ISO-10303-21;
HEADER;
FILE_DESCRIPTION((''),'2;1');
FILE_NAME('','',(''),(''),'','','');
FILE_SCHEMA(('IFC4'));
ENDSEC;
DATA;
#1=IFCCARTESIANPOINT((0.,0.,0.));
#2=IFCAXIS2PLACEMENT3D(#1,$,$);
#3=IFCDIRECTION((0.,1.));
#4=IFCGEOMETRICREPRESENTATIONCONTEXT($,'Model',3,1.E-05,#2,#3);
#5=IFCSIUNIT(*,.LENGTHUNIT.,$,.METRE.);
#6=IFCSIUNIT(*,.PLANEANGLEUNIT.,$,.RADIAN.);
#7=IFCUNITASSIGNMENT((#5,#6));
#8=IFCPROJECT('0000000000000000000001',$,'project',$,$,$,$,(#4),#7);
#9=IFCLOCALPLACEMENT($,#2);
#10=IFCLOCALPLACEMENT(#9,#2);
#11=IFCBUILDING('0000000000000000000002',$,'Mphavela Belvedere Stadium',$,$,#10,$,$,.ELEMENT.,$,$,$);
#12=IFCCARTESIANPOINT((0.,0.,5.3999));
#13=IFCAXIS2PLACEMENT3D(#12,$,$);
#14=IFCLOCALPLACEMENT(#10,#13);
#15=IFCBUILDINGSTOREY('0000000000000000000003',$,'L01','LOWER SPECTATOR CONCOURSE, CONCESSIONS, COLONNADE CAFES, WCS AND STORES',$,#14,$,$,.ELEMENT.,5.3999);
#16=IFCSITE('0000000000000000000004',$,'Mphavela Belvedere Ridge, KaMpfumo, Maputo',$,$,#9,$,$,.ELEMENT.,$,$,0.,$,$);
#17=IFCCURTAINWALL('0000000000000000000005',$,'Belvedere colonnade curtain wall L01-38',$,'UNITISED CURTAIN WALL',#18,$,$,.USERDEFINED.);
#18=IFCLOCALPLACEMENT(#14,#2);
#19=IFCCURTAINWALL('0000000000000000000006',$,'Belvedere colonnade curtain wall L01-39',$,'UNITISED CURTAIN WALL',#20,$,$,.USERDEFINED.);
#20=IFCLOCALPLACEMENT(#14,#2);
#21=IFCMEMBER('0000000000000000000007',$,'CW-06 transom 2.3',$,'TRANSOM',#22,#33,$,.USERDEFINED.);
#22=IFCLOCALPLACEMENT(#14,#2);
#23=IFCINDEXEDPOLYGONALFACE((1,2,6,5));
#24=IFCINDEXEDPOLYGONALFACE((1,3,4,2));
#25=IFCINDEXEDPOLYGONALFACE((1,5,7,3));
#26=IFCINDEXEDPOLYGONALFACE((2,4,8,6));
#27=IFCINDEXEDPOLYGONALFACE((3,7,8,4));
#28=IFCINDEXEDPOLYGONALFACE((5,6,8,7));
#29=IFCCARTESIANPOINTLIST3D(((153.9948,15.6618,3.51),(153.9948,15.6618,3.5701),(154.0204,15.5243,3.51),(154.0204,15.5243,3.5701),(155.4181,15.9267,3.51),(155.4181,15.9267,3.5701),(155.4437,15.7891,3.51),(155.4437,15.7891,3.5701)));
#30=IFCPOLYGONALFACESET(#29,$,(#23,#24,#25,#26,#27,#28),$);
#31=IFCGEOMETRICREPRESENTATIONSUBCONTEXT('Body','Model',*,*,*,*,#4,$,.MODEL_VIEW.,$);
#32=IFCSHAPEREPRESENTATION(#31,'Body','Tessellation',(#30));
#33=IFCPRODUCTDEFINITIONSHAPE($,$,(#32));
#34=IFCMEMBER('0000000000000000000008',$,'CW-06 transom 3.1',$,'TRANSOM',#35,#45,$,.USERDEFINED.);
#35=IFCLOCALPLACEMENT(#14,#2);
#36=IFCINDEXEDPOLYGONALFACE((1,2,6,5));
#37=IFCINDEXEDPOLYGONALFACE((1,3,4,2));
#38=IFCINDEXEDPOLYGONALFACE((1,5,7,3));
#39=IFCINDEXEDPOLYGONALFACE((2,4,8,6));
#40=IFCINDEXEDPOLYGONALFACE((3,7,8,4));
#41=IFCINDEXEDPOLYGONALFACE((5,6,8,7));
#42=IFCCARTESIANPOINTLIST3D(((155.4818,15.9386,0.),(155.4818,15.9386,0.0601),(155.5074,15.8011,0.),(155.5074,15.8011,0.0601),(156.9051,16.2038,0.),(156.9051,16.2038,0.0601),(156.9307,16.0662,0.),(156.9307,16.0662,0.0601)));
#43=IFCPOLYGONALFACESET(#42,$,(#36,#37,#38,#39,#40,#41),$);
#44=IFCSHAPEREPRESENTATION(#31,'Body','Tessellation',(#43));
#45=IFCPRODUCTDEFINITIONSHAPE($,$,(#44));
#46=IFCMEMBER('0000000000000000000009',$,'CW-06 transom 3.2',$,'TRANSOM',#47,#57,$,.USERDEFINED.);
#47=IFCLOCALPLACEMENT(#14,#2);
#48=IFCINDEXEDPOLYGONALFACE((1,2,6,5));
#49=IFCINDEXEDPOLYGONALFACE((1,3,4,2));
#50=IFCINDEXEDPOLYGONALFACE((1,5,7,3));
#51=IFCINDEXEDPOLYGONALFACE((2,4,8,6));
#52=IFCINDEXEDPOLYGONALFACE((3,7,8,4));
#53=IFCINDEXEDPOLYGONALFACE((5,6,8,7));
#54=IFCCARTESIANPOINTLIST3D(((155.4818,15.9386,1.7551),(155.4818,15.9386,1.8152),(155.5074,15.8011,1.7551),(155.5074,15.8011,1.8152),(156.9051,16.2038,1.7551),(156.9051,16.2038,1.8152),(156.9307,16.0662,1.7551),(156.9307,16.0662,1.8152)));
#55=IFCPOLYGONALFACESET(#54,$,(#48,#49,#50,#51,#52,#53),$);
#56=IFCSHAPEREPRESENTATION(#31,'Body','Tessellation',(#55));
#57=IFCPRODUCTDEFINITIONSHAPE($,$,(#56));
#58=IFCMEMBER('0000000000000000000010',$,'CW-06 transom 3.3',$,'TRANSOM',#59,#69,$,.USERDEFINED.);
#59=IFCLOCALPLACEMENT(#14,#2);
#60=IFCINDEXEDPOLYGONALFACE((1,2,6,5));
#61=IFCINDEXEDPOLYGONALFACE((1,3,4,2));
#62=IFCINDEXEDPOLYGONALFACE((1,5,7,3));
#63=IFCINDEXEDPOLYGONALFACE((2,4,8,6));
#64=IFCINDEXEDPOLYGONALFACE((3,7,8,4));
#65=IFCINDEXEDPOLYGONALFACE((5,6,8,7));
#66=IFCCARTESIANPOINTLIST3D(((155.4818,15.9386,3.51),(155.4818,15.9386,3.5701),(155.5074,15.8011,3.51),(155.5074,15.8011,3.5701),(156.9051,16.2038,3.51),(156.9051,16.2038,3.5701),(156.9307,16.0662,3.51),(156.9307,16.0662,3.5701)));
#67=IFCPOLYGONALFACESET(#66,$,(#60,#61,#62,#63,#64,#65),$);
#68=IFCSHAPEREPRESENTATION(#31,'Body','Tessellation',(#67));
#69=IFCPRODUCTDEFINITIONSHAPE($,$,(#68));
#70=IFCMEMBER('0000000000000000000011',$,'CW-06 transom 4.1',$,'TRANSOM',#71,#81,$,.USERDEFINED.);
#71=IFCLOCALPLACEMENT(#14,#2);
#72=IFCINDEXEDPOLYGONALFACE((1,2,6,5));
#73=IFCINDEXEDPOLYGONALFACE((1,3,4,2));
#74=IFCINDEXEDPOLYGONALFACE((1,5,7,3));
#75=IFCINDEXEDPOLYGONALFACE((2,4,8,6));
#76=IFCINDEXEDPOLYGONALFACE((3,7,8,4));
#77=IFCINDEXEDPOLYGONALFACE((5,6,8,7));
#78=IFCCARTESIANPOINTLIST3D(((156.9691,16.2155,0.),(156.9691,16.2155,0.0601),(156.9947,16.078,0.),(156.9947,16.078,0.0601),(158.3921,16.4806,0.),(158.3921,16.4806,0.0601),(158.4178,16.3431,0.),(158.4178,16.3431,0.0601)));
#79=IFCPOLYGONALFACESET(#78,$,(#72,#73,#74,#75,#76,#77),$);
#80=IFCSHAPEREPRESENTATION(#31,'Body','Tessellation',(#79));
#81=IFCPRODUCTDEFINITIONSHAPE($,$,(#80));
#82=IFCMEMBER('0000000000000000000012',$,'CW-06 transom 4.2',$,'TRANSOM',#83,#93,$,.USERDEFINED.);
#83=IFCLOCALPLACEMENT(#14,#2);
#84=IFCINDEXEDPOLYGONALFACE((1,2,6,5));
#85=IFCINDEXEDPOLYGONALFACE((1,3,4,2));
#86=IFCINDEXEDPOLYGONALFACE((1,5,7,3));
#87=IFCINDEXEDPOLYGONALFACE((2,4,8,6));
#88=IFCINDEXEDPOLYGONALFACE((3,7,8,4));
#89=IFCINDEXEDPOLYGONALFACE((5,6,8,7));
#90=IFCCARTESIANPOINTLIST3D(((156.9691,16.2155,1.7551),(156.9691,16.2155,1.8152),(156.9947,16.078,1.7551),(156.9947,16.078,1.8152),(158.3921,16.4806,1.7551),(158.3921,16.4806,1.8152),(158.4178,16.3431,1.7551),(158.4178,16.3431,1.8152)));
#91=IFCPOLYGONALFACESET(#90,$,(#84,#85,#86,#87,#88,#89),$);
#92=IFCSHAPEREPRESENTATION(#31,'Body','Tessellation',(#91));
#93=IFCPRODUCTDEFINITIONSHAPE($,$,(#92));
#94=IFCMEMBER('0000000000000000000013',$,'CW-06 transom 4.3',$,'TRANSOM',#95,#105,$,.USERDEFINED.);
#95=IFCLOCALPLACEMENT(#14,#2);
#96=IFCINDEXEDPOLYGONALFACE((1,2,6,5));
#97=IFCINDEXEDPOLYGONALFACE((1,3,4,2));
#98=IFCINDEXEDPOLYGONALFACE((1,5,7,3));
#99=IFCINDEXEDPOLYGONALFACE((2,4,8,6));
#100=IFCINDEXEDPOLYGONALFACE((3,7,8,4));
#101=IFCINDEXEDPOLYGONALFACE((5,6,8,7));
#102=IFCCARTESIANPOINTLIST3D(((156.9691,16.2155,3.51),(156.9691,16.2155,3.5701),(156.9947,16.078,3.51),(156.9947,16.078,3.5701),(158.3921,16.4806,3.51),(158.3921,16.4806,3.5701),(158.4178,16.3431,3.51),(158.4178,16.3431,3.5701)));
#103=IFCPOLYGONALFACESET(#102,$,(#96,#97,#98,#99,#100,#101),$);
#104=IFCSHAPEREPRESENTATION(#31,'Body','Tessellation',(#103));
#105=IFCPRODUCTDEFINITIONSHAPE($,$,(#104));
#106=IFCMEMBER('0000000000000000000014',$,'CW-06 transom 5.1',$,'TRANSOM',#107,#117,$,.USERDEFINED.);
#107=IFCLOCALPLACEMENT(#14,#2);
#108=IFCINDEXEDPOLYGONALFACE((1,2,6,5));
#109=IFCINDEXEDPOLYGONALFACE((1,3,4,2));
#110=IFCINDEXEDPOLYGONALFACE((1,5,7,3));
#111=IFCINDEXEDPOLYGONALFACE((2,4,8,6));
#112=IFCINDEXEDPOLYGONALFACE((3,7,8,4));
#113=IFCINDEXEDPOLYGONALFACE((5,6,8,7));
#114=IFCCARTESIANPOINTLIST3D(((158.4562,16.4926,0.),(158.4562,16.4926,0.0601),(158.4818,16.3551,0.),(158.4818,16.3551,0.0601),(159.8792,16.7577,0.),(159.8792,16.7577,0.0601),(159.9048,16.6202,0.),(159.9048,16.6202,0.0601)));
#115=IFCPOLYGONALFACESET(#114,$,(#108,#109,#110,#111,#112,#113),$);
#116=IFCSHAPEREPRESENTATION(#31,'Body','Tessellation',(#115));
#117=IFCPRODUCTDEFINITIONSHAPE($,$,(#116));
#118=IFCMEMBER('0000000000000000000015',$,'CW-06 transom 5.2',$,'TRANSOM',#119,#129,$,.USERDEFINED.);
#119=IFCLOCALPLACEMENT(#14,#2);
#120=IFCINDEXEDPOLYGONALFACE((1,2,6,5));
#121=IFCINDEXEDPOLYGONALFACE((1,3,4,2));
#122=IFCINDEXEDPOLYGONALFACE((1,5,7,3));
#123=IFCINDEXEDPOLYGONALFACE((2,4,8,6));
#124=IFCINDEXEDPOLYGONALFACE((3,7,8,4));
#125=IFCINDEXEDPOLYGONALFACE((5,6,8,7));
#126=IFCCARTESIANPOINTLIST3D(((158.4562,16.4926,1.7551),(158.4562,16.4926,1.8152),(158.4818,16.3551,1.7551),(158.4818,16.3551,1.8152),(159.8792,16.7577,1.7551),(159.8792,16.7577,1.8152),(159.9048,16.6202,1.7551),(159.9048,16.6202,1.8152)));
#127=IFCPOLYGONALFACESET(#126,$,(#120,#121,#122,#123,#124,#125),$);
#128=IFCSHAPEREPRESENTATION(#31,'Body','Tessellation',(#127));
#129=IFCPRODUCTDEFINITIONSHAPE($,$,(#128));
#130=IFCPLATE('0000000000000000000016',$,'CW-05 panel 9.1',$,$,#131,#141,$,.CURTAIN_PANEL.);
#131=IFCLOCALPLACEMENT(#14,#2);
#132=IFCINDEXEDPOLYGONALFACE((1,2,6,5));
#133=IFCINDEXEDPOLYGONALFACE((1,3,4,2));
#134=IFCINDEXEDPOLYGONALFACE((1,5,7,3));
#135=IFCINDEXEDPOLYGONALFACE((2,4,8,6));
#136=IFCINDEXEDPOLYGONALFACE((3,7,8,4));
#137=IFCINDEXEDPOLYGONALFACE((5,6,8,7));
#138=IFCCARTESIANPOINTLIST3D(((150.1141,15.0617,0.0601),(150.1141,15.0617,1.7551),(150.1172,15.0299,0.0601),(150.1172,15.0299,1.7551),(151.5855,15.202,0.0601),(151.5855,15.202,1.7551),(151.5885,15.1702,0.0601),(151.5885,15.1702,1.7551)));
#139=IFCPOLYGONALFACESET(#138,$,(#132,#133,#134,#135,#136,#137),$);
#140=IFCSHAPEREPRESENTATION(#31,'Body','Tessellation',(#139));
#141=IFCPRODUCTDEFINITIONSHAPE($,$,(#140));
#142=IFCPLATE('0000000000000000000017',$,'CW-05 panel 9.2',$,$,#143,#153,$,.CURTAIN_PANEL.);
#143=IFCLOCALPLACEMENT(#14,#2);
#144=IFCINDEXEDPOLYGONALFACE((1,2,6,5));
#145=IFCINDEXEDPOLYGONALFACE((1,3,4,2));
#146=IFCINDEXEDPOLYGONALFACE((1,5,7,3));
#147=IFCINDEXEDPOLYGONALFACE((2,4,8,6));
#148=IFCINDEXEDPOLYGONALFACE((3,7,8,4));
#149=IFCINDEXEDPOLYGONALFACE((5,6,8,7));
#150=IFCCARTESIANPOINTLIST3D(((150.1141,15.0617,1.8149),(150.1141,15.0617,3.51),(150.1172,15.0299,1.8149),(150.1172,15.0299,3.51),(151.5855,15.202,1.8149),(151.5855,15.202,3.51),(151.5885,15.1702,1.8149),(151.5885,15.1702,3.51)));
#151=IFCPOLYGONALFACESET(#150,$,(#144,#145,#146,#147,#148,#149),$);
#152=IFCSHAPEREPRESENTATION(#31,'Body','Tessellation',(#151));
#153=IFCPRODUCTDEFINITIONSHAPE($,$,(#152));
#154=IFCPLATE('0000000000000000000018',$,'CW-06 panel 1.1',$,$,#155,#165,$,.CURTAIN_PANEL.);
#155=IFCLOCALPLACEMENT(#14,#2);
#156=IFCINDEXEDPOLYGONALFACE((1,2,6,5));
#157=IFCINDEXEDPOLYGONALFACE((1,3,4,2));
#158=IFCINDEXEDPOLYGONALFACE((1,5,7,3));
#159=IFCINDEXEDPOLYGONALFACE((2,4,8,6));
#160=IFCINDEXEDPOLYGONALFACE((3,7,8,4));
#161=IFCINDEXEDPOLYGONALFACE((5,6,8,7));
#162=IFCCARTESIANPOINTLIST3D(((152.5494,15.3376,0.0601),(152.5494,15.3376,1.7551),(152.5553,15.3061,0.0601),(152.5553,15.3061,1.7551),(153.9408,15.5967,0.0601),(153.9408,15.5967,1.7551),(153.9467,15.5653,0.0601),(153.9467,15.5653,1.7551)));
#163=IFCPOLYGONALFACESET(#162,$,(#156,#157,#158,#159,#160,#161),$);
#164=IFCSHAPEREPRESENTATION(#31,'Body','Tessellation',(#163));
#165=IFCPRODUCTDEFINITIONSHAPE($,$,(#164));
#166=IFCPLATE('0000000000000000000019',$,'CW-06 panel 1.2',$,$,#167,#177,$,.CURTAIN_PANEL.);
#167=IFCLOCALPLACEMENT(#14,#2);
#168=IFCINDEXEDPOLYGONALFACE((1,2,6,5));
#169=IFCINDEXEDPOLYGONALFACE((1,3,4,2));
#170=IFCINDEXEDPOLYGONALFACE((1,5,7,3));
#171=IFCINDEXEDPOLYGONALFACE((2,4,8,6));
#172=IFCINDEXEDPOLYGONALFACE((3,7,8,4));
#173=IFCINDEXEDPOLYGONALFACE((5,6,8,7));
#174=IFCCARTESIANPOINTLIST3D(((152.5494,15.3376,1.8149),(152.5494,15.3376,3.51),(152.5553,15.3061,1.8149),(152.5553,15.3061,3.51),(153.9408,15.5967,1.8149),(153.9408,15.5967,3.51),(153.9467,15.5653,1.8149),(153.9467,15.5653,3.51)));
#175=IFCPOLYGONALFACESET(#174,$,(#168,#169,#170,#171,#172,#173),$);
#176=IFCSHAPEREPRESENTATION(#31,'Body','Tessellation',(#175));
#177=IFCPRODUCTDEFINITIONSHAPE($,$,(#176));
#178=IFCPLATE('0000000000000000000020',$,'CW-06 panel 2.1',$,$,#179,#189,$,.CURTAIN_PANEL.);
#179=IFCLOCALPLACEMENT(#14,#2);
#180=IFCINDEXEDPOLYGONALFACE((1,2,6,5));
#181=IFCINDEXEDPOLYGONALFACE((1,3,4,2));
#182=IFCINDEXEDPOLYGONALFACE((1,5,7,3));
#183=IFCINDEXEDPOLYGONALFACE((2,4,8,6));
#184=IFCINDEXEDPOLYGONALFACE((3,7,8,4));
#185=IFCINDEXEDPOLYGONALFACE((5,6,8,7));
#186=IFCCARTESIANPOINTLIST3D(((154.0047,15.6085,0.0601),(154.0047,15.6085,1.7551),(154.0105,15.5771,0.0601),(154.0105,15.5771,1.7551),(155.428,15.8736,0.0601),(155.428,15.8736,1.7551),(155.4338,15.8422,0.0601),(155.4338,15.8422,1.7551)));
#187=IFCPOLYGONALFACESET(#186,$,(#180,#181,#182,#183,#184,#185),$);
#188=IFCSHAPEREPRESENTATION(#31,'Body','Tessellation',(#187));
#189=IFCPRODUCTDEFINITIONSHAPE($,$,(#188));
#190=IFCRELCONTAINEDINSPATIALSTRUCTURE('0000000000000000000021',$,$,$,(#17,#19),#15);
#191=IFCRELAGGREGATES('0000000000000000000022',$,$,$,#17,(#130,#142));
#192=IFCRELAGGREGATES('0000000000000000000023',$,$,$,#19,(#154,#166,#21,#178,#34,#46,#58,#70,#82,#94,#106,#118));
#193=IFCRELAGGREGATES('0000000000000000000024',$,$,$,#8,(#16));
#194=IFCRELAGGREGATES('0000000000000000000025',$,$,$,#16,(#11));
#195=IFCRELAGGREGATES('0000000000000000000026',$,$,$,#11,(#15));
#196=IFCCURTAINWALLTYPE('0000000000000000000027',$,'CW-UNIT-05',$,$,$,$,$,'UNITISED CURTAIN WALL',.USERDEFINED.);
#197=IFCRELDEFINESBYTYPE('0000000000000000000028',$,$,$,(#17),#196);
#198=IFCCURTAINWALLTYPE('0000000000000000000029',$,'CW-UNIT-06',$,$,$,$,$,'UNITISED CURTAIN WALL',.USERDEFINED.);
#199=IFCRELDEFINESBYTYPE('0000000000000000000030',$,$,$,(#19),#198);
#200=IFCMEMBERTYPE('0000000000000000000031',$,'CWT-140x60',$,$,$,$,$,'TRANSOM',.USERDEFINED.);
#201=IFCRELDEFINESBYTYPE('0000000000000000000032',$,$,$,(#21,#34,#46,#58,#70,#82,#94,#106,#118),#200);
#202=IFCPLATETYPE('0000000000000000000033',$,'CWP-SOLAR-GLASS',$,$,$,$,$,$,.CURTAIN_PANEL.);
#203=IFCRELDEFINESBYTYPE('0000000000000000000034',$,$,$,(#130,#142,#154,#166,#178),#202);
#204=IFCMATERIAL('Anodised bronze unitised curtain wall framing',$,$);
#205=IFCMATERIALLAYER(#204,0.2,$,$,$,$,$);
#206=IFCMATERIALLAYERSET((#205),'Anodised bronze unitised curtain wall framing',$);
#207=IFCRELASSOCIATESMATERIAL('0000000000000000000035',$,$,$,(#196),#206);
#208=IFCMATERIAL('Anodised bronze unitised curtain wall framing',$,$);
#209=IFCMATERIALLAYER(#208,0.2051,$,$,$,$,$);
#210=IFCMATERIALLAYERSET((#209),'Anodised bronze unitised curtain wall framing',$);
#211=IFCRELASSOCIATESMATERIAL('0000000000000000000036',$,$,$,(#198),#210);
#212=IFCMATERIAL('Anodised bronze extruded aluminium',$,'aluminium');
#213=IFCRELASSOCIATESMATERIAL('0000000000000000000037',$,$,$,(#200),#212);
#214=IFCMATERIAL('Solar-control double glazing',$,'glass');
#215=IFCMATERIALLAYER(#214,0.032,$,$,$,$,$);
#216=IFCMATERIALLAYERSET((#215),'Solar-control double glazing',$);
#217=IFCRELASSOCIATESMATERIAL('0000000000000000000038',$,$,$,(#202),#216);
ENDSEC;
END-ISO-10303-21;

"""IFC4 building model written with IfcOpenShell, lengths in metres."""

from ifc_helpers import new_model, si_unit, direction, frame, origin, origin_2d, place, context, subcontext, project, spatial, rectangle, extrude, material, layer, layer_set, material_profile, profile_set, type_object, element, aggregate, save


model = new_model("IFC4")

# Units and contexts
model_context = context("Model", 3, precision=1e-05, world=origin(), true_north=direction((0.0, 1.0)))
body_context = subcontext(model_context, "Body", "Model", "MODEL_VIEW")
ifc_project = project(units=[si_unit("LENGTHUNIT", "METRE"), si_unit("PLANEANGLEUNIT", "RADIAN")], contexts=[model_context])

# Site, building, storey
site_placement = place(None, origin())
site = spatial("IfcSite", under=ifc_project, at=site_placement, Name="Mphavela Belvedere Ridge, KaMpfumo, Maputo", CompositionType="ELEMENT", RefElevation=0.0)
building_placement = place(site_placement, origin())
building = spatial("IfcBuilding", under=site, at=building_placement, Name="Mphavela Belvedere Stadium", CompositionType="ELEMENT")
storey_placement = place(building_placement, frame((0.0, 0.0, 5.3999)))
storey = spatial("IfcBuildingStorey", under=building, at=storey_placement, Name="L01", Description="LOWER SPECTATOR CONCOURSE, CONCESSIONS, COLONNADE CAFES, WCS AND STORES", CompositionType="ELEMENT", Elevation=5.3999)

# Curtain wall
ifc_material_1 = material(Name="Anodised bronze unitised curtain wall framing")
ifc_layer_1 = layer(ifc_material_1, 0.2)
ifc_layer_set_1 = layer_set([ifc_layer_1], Name="Anodised bronze unitised curtain wall framing")
curtain_wall_type_1 = type_object("IfcCurtainWallType", Name="CW-UNIT-05", ElementType="UNITISED CURTAIN WALL", PredefinedType="USERDEFINED", material=ifc_layer_set_1)
curtain_wall_1_placement = place(storey_placement, origin())
curtain_wall_1 = element("IfcCurtainWall", 1, at=curtain_wall_1_placement, inside=storey, type_object=curtain_wall_type_1, Name="Belvedere colonnade curtain wall L01-38", ObjectType="UNITISED CURTAIN WALL", PredefinedType="USERDEFINED")

# Curtain wall, members
ifc_material_2 = material(Name="Anodised bronze unitised curtain wall framing")
ifc_layer_2 = layer(ifc_material_2, 0.2051)
ifc_layer_set_2 = layer_set([ifc_layer_2], Name="Anodised bronze unitised curtain wall framing")
curtain_wall_type_2 = type_object("IfcCurtainWallType", Name="CW-UNIT-06", ElementType="UNITISED CURTAIN WALL", PredefinedType="USERDEFINED", material=ifc_layer_set_2)
curtain_wall_2_placement = place(storey_placement, origin())
curtain_wall_2 = element("IfcCurtainWall", 2, at=curtain_wall_2_placement, inside=storey, type_object=curtain_wall_type_2, Name="Belvedere colonnade curtain wall L01-39", ObjectType="UNITISED CURTAIN WALL", PredefinedType="USERDEFINED")
ifc_material_3 = material(Name="Anodised bronze extruded aluminium", Category="aluminium")
ifc_material_profile_1 = material_profile(ifc_material_3, rectangle(XDim=0.1399, YDim=0.0601, at=origin_2d()), Name="CW-TRN 140x60")
ifc_profile_set_1 = profile_set([ifc_material_profile_1], Name="Anodised bronze extruded aluminium")
member_type_1 = type_object("IfcMemberType", Name="CWT-140x60", ElementType="TRANSOM", PredefinedType="USERDEFINED", material=ifc_profile_set_1)
member_1_placement = place(storey_placement, frame((154.0076, 15.593, 3.54), z_axis=(0.983119, 0.182965, 0.0), x_axis=(-0.182965, 0.983119, 0.0)))
member_1 = element("IfcMember", 3, at=member_1_placement, type_object=member_type_1, Name="CW-06 transom 2.3", ObjectType="TRANSOM", PredefinedType="USERDEFINED", context=body_context, shape_type="SweptSolid", body=[
    extrude(rectangle(XDim=0.1399, YDim=0.0601, at=origin_2d()), origin(), (0.0, 0.0, 1.0), 1.4478),
])
member_2_placement = place(storey_placement, frame((155.4946, 15.8699, 0.03), z_axis=(0.983089, 0.183128, 0.0), x_axis=(-0.183128, 0.983089, 0.0)))
member_2 = element("IfcMember", 4, at=member_2_placement, type_object=member_type_1, Name="CW-06 transom 3.1", ObjectType="TRANSOM", PredefinedType="USERDEFINED", context=body_context, shape_type="SweptSolid", body=[
    extrude(rectangle(XDim=0.1399, YDim=0.0601, at=origin_2d()), origin(), (0.0, 0.0, 1.0), 1.4478),
])
member_3_placement = place(storey_placement, frame((155.4946, 15.8699, 1.7852), z_axis=(0.983089, 0.183128, 0.0), x_axis=(-0.183128, 0.983089, 0.0)))
member_3 = element("IfcMember", 5, at=member_3_placement, type_object=member_type_1, Name="CW-06 transom 3.2", ObjectType="TRANSOM", PredefinedType="USERDEFINED", context=body_context, shape_type="SweptSolid", body=[
    extrude(rectangle(XDim=0.1399, YDim=0.0601, at=origin_2d()), origin(), (0.0, 0.0, 1.0), 1.4478),
])
member_4_placement = place(storey_placement, frame((155.4946, 15.8699, 3.54), z_axis=(0.983089, 0.183128, 0.0), x_axis=(-0.183128, 0.983089, 0.0)))
member_4 = element("IfcMember", 6, at=member_4_placement, type_object=member_type_1, Name="CW-06 transom 3.3", ObjectType="TRANSOM", PredefinedType="USERDEFINED", context=body_context, shape_type="SweptSolid", body=[
    extrude(rectangle(XDim=0.1399, YDim=0.0601, at=origin_2d()), origin(), (0.0, 0.0, 1.0), 1.4478),
])
member_5_placement = place(storey_placement, frame((156.9819, 16.1467, 0.03), z_axis=(0.983083, 0.183158, 0.0), x_axis=(-0.183158, 0.983083, 0.0)))
member_5 = element("IfcMember", 7, at=member_5_placement, type_object=member_type_1, Name="CW-06 transom 4.1", ObjectType="TRANSOM", PredefinedType="USERDEFINED", context=body_context, shape_type="SweptSolid", body=[
    extrude(rectangle(XDim=0.1399, YDim=0.0601, at=origin_2d()), origin(), (0.0, 0.0, 1.0), 1.4475),
])
member_6_placement = place(storey_placement, frame((156.9819, 16.1467, 1.7852), z_axis=(0.983083, 0.183158, 0.0), x_axis=(-0.183158, 0.983083, 0.0)))
member_6 = element("IfcMember", 8, at=member_6_placement, type_object=member_type_1, Name="CW-06 transom 4.2", ObjectType="TRANSOM", PredefinedType="USERDEFINED", context=body_context, shape_type="SweptSolid", body=[
    extrude(rectangle(XDim=0.1399, YDim=0.0601, at=origin_2d()), origin(), (0.0, 0.0, 1.0), 1.4475),
])
member_7_placement = place(storey_placement, frame((156.9819, 16.1467, 3.54), z_axis=(0.983083, 0.183158, 0.0), x_axis=(-0.183158, 0.983083, 0.0)))
member_7 = element("IfcMember", 9, at=member_7_placement, type_object=member_type_1, Name="CW-06 transom 4.3", ObjectType="TRANSOM", PredefinedType="USERDEFINED", context=body_context, shape_type="SweptSolid", body=[
    extrude(rectangle(XDim=0.1399, YDim=0.0601, at=origin_2d()), origin(), (0.0, 0.0, 1.0), 1.4475),
])
member_8_placement = place(storey_placement, frame((158.469, 16.4238, 0.03), z_axis=(0.983083, 0.183158, 0.0), x_axis=(-0.183158, 0.983083, 0.0)))
member_8 = element("IfcMember", 10, at=member_8_placement, type_object=member_type_1, Name="CW-06 transom 5.1", ObjectType="TRANSOM", PredefinedType="USERDEFINED", context=body_context, shape_type="SweptSolid", body=[
    extrude(rectangle(XDim=0.1399, YDim=0.0601, at=origin_2d()), origin(), (0.0, 0.0, 1.0), 1.4475),
])
member_9_placement = place(storey_placement, frame((158.469, 16.4238, 1.7852), z_axis=(0.983083, 0.183158, 0.0), x_axis=(-0.183158, 0.983083, 0.0)))
member_9 = element("IfcMember", 11, at=member_9_placement, type_object=member_type_1, Name="CW-06 transom 5.2", ObjectType="TRANSOM", PredefinedType="USERDEFINED", context=body_context, shape_type="SweptSolid", body=[
    extrude(rectangle(XDim=0.1399, YDim=0.0601, at=origin_2d()), origin(), (0.0, 0.0, 1.0), 1.4475),
])

# Plates
ifc_material_4 = material(Name="Solar-control double glazing", Category="glass")
ifc_layer_3 = layer(ifc_material_4, 0.032)
ifc_layer_set_3 = layer_set([ifc_layer_3], Name="Solar-control double glazing")
plate_type = type_object("IfcPlateType", Name="CWP-SOLAR-GLASS", PredefinedType="CURTAIN_PANEL", material=ifc_layer_set_3)
plate_1_placement = place(storey_placement, frame((150.8513, 15.116, 0.0601), z_axis=(0.0, 0.0, 1.0), x_axis=(0.995485, 0.094922, 0.0)))
plate_1 = element("IfcPlate", 12, at=plate_1_placement, type_object=plate_type, Name="CW-05 panel 9.1", PredefinedType="CURTAIN_PANEL", context=body_context, shape_type="SweptSolid", body=[
    extrude(rectangle(XDim=1.478, YDim=0.032, at=origin_2d()), origin(), (0.0, 0.0, 1.0), 1.6951),
])
plate_2_placement = place(storey_placement, frame((150.8513, 15.116, 1.8149), z_axis=(0.0, 0.0, 1.0), x_axis=(0.995485, 0.094922, 0.0)))
plate_2 = element("IfcPlate", 13, at=plate_2_placement, type_object=plate_type, Name="CW-05 panel 9.2", PredefinedType="CURTAIN_PANEL", context=body_context, shape_type="SweptSolid", body=[
    extrude(rectangle(XDim=1.478, YDim=0.032, at=origin_2d()), origin(), (0.0, 0.0, 1.0), 1.6951),
])
aggregate(curtain_wall_1, [plate_1, plate_2])
plate_3_placement = place(storey_placement, frame((153.248, 15.4514, 0.0601), z_axis=(0.0, 0.0, 1.0), x_axis=(0.983095, 0.183095, 0.0)))
plate_3 = element("IfcPlate", 14, at=plate_3_placement, type_object=plate_type, Name="CW-06 panel 1.1", PredefinedType="CURTAIN_PANEL", context=body_context, shape_type="SweptSolid", body=[
    extrude(rectangle(XDim=1.4153, YDim=0.032, at=origin_2d()), origin(), (0.0, 0.0, 1.0), 1.6951),
])
plate_4_placement = place(storey_placement, frame((153.248, 15.4514, 1.8149), z_axis=(0.0, 0.0, 1.0), x_axis=(0.983095, 0.183095, 0.0)))
plate_4 = element("IfcPlate", 15, at=plate_4_placement, type_object=plate_type, Name="CW-06 panel 1.2", PredefinedType="CURTAIN_PANEL", context=body_context, shape_type="SweptSolid", body=[
    extrude(rectangle(XDim=1.4153, YDim=0.032, at=origin_2d()), origin(), (0.0, 0.0, 1.0), 1.6951),
])
plate_5_placement = place(storey_placement, frame((154.7192, 15.7253, 0.0601), z_axis=(0.0, 0.0, 1.0), x_axis=(0.983095, 0.183095, 0.0)))
plate_5 = element("IfcPlate", 16, at=plate_5_placement, type_object=plate_type, Name="CW-06 panel 2.1", PredefinedType="CURTAIN_PANEL", context=body_context, shape_type="SweptSolid", body=[
    extrude(rectangle(XDim=1.4478, YDim=0.032, at=origin_2d()), origin(), (0.0, 0.0, 1.0), 1.6951),
])
aggregate(curtain_wall_2, [plate_3, plate_4, member_1, plate_5, member_2, member_3, member_4, member_5, member_6, member_7, member_8, member_9])

save(model, "model.ifc")
